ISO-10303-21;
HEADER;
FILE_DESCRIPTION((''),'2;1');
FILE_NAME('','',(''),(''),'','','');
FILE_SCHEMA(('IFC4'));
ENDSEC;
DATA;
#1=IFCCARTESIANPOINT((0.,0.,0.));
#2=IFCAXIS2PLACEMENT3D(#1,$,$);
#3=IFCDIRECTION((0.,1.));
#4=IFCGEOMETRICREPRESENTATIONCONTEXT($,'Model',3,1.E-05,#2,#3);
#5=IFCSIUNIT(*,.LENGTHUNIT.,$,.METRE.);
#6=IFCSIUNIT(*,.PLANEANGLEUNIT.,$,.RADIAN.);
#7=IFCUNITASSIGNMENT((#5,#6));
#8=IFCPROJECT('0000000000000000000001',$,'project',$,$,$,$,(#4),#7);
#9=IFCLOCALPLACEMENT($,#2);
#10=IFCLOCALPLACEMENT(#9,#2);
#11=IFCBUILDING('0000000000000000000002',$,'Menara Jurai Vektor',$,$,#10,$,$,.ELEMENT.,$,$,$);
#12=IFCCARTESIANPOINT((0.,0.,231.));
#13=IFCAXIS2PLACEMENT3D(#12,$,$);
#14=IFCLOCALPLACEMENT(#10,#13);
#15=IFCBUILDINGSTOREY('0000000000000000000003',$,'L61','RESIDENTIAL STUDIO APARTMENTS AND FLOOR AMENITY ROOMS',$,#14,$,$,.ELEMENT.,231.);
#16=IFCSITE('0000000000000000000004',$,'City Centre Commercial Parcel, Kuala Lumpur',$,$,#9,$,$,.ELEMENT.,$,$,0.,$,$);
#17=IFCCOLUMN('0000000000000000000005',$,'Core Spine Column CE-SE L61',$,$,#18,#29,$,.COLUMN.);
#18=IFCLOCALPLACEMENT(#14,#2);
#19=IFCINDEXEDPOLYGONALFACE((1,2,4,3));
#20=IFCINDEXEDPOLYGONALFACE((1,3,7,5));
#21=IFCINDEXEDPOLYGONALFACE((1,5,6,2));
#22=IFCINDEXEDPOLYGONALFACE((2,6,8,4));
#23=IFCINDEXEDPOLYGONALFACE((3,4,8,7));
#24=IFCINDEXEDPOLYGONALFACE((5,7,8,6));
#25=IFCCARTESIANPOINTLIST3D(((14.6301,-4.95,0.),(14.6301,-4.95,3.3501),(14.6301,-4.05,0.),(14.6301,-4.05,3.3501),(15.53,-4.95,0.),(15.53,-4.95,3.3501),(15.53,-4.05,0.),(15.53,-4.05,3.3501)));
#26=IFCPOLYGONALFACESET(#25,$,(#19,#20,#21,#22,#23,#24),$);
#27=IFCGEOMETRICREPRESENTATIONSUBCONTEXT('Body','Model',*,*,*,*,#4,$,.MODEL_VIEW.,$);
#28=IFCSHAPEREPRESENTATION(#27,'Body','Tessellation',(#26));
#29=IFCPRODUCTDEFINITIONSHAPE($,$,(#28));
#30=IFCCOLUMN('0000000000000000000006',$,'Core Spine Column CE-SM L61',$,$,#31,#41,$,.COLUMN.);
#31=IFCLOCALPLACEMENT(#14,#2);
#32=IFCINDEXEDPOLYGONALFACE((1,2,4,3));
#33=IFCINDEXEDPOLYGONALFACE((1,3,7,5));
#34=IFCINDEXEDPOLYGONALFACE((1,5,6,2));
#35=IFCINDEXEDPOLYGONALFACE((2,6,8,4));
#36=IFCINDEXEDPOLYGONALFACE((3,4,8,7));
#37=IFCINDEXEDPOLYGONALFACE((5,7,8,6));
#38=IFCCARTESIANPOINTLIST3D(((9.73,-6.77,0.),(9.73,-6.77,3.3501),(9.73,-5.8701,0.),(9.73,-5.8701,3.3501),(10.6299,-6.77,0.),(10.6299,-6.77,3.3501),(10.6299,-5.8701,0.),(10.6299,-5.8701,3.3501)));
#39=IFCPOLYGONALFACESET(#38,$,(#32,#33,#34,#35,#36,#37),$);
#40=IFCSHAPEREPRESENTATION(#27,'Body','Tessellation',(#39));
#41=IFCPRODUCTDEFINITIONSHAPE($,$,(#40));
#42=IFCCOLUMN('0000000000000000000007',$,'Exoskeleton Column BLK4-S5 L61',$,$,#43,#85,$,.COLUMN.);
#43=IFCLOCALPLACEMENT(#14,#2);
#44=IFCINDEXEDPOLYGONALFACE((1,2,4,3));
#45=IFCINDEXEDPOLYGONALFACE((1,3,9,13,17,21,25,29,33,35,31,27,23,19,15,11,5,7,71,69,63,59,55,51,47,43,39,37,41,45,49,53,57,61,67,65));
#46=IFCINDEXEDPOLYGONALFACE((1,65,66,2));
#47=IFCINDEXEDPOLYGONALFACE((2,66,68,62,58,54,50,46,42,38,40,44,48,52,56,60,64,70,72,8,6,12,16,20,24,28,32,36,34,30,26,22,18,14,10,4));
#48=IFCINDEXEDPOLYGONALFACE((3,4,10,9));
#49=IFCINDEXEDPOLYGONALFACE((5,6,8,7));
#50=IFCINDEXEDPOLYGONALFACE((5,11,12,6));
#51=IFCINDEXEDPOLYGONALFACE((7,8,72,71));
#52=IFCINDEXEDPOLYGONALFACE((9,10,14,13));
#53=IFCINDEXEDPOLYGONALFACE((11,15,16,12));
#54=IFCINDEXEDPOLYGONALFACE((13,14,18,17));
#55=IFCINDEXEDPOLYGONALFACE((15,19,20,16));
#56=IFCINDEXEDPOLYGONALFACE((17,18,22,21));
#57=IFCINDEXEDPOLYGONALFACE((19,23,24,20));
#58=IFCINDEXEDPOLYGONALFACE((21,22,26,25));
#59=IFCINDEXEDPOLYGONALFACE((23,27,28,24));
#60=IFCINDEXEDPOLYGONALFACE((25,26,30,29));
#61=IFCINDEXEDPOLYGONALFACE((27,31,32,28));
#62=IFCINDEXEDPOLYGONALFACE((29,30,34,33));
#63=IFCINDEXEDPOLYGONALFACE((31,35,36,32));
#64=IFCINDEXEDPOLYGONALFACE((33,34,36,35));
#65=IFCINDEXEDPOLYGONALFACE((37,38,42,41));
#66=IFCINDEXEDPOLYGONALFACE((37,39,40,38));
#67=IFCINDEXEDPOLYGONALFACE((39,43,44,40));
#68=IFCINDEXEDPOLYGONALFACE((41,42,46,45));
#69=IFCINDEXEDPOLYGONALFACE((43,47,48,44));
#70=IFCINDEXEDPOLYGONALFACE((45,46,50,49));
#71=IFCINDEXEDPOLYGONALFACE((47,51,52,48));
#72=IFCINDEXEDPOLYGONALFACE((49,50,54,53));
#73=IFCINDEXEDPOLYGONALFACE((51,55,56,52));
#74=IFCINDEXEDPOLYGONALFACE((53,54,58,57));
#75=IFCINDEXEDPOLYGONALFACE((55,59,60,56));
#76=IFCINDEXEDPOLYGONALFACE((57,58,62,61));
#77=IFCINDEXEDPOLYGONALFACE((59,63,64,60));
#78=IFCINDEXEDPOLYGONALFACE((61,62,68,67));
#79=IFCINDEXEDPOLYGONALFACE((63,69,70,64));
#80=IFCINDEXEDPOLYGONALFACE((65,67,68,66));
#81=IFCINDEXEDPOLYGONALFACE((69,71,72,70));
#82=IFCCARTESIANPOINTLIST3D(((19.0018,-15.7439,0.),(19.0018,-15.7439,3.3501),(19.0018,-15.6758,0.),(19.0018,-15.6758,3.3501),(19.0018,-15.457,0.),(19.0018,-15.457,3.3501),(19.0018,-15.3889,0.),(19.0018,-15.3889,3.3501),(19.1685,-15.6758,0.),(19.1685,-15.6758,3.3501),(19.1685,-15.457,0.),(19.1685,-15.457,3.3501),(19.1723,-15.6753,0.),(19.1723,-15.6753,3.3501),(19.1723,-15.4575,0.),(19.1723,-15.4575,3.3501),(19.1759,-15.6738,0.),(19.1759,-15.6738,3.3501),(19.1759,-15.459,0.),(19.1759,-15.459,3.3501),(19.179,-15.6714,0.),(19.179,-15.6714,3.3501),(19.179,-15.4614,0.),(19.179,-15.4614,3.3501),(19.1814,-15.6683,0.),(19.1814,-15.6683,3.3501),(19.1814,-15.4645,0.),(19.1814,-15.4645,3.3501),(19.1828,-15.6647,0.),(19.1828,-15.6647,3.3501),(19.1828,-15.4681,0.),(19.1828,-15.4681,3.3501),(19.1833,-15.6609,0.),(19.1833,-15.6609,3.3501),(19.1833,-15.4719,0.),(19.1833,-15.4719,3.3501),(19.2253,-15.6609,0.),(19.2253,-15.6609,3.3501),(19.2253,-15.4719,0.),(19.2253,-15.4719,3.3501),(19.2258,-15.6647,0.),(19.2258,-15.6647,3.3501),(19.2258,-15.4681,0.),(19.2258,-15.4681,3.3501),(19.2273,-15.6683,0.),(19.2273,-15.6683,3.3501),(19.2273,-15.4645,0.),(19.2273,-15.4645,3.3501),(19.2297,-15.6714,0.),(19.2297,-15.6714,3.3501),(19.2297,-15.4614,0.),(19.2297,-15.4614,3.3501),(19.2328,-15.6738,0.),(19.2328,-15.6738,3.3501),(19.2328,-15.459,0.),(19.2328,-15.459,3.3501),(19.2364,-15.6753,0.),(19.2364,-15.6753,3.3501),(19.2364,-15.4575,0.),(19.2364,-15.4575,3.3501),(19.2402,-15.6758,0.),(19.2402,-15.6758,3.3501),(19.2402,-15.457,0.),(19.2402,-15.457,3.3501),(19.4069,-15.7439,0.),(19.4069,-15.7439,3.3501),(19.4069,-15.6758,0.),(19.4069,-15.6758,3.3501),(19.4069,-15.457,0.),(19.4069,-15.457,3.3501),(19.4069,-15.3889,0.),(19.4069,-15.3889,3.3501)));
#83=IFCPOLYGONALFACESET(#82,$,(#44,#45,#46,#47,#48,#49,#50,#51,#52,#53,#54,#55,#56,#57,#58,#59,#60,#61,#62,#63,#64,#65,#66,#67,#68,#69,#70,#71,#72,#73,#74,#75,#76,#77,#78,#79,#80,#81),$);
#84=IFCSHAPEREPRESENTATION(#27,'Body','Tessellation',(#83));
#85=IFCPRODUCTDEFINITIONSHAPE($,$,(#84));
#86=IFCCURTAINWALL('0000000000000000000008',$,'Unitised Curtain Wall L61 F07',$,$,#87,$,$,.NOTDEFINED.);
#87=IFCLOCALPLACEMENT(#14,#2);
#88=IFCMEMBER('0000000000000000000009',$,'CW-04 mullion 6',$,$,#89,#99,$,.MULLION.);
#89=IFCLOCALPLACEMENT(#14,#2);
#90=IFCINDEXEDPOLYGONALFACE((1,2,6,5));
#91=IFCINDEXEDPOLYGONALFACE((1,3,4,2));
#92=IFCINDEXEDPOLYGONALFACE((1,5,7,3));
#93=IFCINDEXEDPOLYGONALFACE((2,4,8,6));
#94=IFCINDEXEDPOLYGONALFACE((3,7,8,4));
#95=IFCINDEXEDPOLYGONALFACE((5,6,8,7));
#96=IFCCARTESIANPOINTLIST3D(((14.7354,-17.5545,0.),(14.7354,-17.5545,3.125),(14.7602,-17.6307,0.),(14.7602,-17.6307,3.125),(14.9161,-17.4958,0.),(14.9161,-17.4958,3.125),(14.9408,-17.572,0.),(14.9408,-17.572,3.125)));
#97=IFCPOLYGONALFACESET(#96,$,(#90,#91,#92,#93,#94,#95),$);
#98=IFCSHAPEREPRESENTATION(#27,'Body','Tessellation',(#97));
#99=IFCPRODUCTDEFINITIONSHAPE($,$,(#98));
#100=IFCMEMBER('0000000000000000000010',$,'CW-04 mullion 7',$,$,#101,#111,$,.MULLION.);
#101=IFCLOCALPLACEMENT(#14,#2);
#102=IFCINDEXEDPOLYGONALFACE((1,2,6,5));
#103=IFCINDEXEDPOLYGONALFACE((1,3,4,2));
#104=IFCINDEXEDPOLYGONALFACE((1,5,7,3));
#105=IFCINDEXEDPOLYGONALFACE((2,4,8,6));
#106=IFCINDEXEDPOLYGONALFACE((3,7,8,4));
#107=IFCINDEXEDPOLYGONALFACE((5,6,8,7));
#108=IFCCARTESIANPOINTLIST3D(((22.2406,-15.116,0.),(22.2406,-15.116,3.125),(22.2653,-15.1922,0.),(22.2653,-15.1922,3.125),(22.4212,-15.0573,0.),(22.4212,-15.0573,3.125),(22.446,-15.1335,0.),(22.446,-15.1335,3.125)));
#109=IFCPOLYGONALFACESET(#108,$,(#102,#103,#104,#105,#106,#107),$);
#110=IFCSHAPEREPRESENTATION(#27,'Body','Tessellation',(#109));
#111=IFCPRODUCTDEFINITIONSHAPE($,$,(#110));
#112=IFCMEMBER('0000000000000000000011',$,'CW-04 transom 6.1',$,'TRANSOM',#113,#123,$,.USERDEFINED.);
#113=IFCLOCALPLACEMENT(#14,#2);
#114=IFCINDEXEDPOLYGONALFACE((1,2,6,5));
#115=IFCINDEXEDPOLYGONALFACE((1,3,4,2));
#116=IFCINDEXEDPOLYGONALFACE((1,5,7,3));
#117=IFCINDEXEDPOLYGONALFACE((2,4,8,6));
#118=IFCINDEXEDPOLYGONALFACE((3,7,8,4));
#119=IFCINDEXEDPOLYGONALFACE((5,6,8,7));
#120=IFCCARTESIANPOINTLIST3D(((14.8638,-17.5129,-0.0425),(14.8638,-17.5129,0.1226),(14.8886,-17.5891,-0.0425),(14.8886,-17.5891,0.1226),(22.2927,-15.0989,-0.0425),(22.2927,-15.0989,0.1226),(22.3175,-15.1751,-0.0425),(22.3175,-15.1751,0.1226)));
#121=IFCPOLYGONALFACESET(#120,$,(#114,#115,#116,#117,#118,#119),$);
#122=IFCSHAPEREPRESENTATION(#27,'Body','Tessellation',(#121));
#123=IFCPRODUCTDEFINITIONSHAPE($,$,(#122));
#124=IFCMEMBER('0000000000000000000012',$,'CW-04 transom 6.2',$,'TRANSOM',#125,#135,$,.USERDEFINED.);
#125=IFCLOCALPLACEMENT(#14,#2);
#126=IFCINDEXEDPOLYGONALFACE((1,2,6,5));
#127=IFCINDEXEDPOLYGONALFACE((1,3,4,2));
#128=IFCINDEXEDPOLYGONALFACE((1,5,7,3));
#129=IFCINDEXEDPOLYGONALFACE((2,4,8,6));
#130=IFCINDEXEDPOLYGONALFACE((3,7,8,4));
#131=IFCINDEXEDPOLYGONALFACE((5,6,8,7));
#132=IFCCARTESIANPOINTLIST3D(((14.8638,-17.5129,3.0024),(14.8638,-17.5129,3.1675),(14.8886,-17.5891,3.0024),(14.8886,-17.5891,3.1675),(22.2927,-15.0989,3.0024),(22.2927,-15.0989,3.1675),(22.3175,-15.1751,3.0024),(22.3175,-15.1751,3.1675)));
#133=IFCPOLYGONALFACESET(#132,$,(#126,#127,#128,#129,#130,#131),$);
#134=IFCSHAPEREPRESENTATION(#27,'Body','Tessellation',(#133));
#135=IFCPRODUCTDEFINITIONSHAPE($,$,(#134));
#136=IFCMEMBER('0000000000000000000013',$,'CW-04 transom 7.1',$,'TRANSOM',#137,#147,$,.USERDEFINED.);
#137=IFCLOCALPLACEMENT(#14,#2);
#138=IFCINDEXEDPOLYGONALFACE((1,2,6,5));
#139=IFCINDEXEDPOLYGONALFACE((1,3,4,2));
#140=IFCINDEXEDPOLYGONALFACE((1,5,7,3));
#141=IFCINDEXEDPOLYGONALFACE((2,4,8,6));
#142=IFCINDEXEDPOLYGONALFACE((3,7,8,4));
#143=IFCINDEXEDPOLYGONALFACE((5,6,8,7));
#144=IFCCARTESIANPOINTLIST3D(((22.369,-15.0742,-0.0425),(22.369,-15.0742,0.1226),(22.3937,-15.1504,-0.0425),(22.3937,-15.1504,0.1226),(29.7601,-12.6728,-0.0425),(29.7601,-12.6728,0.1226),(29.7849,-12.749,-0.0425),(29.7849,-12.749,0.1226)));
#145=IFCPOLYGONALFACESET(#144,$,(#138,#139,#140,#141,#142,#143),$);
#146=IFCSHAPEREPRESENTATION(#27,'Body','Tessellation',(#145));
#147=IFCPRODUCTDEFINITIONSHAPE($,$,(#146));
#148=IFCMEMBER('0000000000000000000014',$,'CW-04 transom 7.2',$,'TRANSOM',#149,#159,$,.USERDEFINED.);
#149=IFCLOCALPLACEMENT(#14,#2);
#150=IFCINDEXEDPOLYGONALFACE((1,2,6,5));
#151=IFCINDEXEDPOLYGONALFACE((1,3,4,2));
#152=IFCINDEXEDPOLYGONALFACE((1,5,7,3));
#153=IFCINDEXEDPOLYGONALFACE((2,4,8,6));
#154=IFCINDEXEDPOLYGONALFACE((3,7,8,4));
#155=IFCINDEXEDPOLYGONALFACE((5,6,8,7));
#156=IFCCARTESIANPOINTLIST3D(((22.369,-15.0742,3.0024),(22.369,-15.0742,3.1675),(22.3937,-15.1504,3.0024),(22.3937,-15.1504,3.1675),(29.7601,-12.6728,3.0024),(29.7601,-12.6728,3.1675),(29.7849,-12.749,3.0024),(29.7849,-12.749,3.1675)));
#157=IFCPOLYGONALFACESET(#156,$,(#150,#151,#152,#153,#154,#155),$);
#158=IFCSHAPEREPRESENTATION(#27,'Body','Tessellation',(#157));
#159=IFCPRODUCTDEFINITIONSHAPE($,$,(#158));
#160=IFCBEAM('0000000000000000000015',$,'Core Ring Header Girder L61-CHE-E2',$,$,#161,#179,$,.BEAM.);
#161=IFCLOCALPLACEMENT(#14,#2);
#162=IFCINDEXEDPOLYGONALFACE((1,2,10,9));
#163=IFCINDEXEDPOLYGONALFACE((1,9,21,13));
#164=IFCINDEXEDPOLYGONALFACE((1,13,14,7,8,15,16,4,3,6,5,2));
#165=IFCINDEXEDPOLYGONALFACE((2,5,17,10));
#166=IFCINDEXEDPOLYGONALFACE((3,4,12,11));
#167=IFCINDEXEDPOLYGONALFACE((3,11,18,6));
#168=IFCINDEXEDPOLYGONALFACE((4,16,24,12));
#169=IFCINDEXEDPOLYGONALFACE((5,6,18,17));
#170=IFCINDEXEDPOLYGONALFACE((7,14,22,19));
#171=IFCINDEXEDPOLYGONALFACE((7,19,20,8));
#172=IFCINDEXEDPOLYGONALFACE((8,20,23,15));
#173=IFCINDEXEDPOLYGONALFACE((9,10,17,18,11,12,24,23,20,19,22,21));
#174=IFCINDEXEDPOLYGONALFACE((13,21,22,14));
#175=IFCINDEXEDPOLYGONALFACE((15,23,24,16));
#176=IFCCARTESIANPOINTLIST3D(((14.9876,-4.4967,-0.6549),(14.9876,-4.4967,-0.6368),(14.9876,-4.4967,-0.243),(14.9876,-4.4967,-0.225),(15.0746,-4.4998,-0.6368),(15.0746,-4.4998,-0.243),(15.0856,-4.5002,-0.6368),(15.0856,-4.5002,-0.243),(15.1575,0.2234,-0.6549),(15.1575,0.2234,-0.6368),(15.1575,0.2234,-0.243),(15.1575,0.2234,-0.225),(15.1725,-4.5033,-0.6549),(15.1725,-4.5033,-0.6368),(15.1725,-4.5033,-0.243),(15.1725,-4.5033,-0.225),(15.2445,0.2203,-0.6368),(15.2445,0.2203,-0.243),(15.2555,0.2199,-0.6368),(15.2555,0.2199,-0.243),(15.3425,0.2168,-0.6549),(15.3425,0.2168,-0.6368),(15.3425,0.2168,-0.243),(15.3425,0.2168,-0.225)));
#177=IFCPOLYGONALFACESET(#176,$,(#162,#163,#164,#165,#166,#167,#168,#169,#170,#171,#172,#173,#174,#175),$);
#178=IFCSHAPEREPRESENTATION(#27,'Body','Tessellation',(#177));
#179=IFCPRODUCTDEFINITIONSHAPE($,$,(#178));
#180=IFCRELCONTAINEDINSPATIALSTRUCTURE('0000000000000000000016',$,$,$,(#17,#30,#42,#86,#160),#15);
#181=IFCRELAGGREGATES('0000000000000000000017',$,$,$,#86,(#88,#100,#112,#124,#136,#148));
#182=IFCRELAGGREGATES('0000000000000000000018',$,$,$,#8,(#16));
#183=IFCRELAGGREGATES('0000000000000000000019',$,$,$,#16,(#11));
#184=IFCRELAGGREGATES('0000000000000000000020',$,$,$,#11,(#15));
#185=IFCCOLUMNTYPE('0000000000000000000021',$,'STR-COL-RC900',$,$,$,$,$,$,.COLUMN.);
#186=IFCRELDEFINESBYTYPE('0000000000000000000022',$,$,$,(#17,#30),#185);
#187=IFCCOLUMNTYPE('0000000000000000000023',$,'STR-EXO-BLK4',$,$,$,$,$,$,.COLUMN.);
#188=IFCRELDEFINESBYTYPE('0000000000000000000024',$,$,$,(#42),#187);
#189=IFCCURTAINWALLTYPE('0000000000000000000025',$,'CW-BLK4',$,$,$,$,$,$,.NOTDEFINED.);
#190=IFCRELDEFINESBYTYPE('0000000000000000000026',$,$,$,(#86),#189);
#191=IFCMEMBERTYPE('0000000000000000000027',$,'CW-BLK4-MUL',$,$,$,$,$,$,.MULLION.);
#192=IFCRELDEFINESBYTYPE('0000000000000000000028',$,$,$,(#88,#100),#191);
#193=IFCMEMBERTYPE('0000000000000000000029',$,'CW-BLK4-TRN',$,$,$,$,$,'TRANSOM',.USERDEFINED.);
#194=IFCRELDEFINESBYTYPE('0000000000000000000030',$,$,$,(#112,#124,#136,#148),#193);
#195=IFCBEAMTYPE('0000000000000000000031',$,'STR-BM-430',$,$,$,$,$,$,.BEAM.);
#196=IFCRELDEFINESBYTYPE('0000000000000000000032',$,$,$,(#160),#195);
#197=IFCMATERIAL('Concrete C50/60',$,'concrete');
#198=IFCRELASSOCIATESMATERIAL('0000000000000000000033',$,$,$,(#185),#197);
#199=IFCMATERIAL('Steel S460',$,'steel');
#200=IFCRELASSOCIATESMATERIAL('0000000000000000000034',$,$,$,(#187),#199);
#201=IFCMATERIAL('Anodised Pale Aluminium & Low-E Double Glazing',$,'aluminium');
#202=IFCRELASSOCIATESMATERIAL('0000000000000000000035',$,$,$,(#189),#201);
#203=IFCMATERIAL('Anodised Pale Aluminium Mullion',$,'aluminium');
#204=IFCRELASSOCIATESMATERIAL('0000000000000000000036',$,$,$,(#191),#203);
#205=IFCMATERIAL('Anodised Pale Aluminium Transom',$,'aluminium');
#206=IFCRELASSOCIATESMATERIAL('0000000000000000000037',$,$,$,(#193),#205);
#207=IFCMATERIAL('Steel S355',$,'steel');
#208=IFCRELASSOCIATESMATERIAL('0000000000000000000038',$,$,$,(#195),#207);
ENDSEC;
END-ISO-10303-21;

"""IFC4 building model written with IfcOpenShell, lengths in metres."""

from ifc_helpers import new_model, si_unit, direction, frame, origin, origin_2d, place, context, subcontext, project, spatial, rectangle, i_section, extrude, material, material_profile, profile_set, type_object, element, aggregate, save


model = new_model("IFC4")

# Units and contexts
model_context = context("Model", 3, precision=1e-05, world=origin(), true_north=direction((0.0, 1.0)))
body_context = subcontext(model_context, "Body", "Model", "MODEL_VIEW")
ifc_project = project(units=[si_unit("LENGTHUNIT", "METRE"), si_unit("PLANEANGLEUNIT", "RADIAN")], contexts=[model_context])

# Site, building, storey
site_placement = place(None, origin())
site = spatial("IfcSite", under=ifc_project, at=site_placement, Name="City Centre Commercial Parcel, Kuala Lumpur", CompositionType="ELEMENT", RefElevation=0.0)
building_placement = place(site_placement, origin())
building = spatial("IfcBuilding", under=site, at=building_placement, Name="Menara Jurai Vektor", CompositionType="ELEMENT")
storey_placement = place(building_placement, frame((0.0, 0.0, 231.0)))
storey = spatial("IfcBuildingStorey", under=building, at=storey_placement, Name="L61", Description="RESIDENTIAL STUDIO APARTMENTS AND FLOOR AMENITY ROOMS", CompositionType="ELEMENT", Elevation=231.0)

# Columns
ifc_material_1 = material(Name="Concrete C50/60", Category="concrete")
ifc_material_profile_1 = material_profile(ifc_material_1, rectangle(XDim=0.8999, YDim=0.8999, at=origin_2d()), Name="RC 900x900")
ifc_profile_set_1 = profile_set([ifc_material_profile_1], Name="Concrete C50/60")
column_type_1 = type_object("IfcColumnType", Name="STR-COL-RC900", PredefinedType="COLUMN", material=ifc_profile_set_1)
for number, where, z_axis, x_axis, name in (
    (1, (15.0801, -4.5, 0.0), (0.0, 0.0, 1.0), (1.0, 0.0, 0.0), "Core Spine Column CE-SE L61"),
    (2, (10.1799, -6.3201, 0.0), (0.0, 0.0, 1.0), (1.0, 0.0, 0.0), "Core Spine Column CE-SM L61"),
):
    element("IfcColumn", number, at=place(storey_placement, frame(where, z_axis=z_axis, x_axis=x_axis)), inside=storey, type_object=column_type_1, Name=name, PredefinedType="COLUMN", context=body_context, shape_type="SweptSolid", body=[
        extrude(rectangle(XDim=0.8999, YDim=0.8999, at=origin_2d()), origin(), (0.0, 0.0, 1.0), 3.3501),
    ])
ifc_material_2 = material(Name="Steel S460", Category="steel")
ifc_material_profile_2 = material_profile(ifc_material_2, i_section(OverallWidth=0.405, OverallDepth=0.355, WebThickness=0.042, FlangeThickness=0.0681, FilletRadius=0.0149, at=origin_2d()), Name="HD 400x551")
ifc_profile_set_2 = profile_set([ifc_material_profile_2], Name="Steel S460")
column_type_2 = type_object("IfcColumnType", Name="STR-EXO-BLK4", PredefinedType="COLUMN", material=ifc_profile_set_2)
column_placement = place(storey_placement, frame((19.2043, -15.5664, 0.0), z_axis=(0.0, 0.0, 1.0), x_axis=(1.0, 0.0, 0.0)))
element("IfcColumn", 3, at=column_placement, inside=storey, type_object=column_type_2, Name="Exoskeleton Column BLK4-S5 L61", PredefinedType="COLUMN", context=body_context, shape_type="SweptSolid", body=[
    extrude(i_section(OverallWidth=0.405, OverallDepth=0.355, WebThickness=0.042, FlangeThickness=0.0681, FilletRadius=0.0149, at=origin_2d()), origin(), (0.0, 0.0, 1.0), 3.3501),
])

# Curtain wall, members
ifc_material_3 = material(Name="Anodised Pale Aluminium & Low-E Double Glazing", Category="aluminium")
curtain_wall_type = type_object("IfcCurtainWallType", Name="CW-BLK4", PredefinedType="NOTDEFINED", material=ifc_material_3)
curtain_wall_placement = place(storey_placement, origin())
curtain_wall = element("IfcCurtainWall", 4, at=curtain_wall_placement, inside=storey, type_object=curtain_wall_type, Name="Unitised Curtain Wall L61 F07", PredefinedType="NOTDEFINED")
ifc_material_4 = material(Name="Anodised Pale Aluminium Mullion", Category="aluminium")
ifc_material_profile_3 = material_profile(ifc_material_4, rectangle(XDim=0.0801, YDim=0.1899, at=origin_2d()), Name="ALU MUL 80x190")
ifc_profile_set_3 = profile_set([ifc_material_profile_3], Name="Anodised Pale Aluminium Mullion")
member_type_1 = type_object("IfcMemberType", Name="CW-BLK4-MUL", PredefinedType="MULLION", material=ifc_profile_set_3)
member_1_placement = place(storey_placement, frame((14.8381, -17.5632, 0.0), z_axis=(0.0, 0.0, 1.0), x_axis=(-0.309017, 0.951056, 0.0)))
member_1 = element("IfcMember", 5, at=member_1_placement, type_object=member_type_1, Name="CW-04 mullion 6", PredefinedType="MULLION", context=body_context, shape_type="SweptSolid", body=[
    extrude(rectangle(XDim=0.0801, YDim=0.1899, at=origin_2d()), origin(), (0.0, 0.0, 1.0), 3.125),
])
member_2_placement = place(storey_placement, frame((22.3433, -15.1248, 0.0), z_axis=(0.0, 0.0, 1.0), x_axis=(-0.309017, 0.951056, 0.0)))
member_2 = element("IfcMember", 6, at=member_2_placement, type_object=member_type_1, Name="CW-04 mullion 7", PredefinedType="MULLION", context=body_context, shape_type="SweptSolid", body=[
    extrude(rectangle(XDim=0.0801, YDim=0.1899, at=origin_2d()), origin(), (0.0, 0.0, 1.0), 3.125),
])
ifc_material_5 = material(Name="Anodised Pale Aluminium Transom", Category="aluminium")
ifc_material_profile_4 = material_profile(ifc_material_5, rectangle(XDim=0.0801, YDim=0.165, at=origin_2d()), Name="ALU TRN 80x165")
ifc_profile_set_4 = profile_set([ifc_material_profile_4], Name="Anodised Pale Aluminium Transom")
member_type_2 = type_object("IfcMemberType", Name="CW-BLK4-TRN", ElementType="TRANSOM", PredefinedType="USERDEFINED", material=ifc_profile_set_4)
member_3_placement = place(storey_placement, frame((14.8762, -17.551, 0.04), z_axis=(0.951047, 0.309046, 0.0), x_axis=(-0.309046, 0.951047, 0.0)))
member_3 = element("IfcMember", 7, at=member_3_placement, type_object=member_type_2, Name="CW-04 transom 6.1", ObjectType="TRANSOM", PredefinedType="USERDEFINED", context=body_context, shape_type="SweptSolid", body=[
    extrude(rectangle(XDim=0.0801, YDim=0.165, at=origin_2d()), origin(), (0.0, 0.0, 1.0), 7.8113),
])
member_4_placement = place(storey_placement, frame((14.8762, -17.551, 3.085), z_axis=(0.951047, 0.309046, 0.0), x_axis=(-0.309046, 0.951047, 0.0)))
member_4 = element("IfcMember", 8, at=member_4_placement, type_object=member_type_2, Name="CW-04 transom 6.2", ObjectType="TRANSOM", PredefinedType="USERDEFINED", context=body_context, shape_type="SweptSolid", body=[
    extrude(rectangle(XDim=0.0801, YDim=0.165, at=origin_2d()), origin(), (0.0, 0.0, 1.0), 7.8113),
])
member_5_placement = place(storey_placement, frame((22.3813, -15.1123, 0.04), z_axis=(0.951062, 0.308999, 0.0), x_axis=(-0.308999, 0.951062, 0.0)))
member_5 = element("IfcMember", 9, at=member_5_placement, type_object=member_type_2, Name="CW-04 transom 7.1", ObjectType="TRANSOM", PredefinedType="USERDEFINED", context=body_context, shape_type="SweptSolid", body=[
    extrude(rectangle(XDim=0.0801, YDim=0.165, at=origin_2d()), origin(), (0.0, 0.0, 1.0), 7.7715),
])
member_6_placement = place(storey_placement, frame((22.3813, -15.1123, 3.085), z_axis=(0.951062, 0.308999, 0.0), x_axis=(-0.308999, 0.951062, 0.0)))
member_6 = element("IfcMember", 10, at=member_6_placement, type_object=member_type_2, Name="CW-04 transom 7.2", ObjectType="TRANSOM", PredefinedType="USERDEFINED", context=body_context, shape_type="SweptSolid", body=[
    extrude(rectangle(XDim=0.0801, YDim=0.165, at=origin_2d()), origin(), (0.0, 0.0, 1.0), 7.7715),
])

# Beam
ifc_material_6 = material(Name="Steel S355", Category="steel")
ifc_material_profile_5 = material_profile(ifc_material_6, i_section(OverallWidth=0.1851, OverallDepth=0.4299, WebThickness=0.011, FlangeThickness=0.0181, at=origin_2d()), Name="PG 430x185x76")
ifc_profile_set_5 = profile_set([ifc_material_profile_5], Name="Steel S355")
beam_type_1 = type_object("IfcBeamType", Name="STR-BM-430", PredefinedType="BEAM", material=ifc_profile_set_5)
beam_1_placement = place(storey_placement, frame((15.0801, -4.5, -0.4399), z_axis=(0.035977, 0.999353, 0.0), x_axis=(-0.999353, 0.035977, 0.0)))
element("IfcBeam", 11, at=beam_1_placement, inside=storey, type_object=beam_type_1, Name="Core Ring Header Girder L61-CHE-E2", PredefinedType="BEAM", context=body_context, shape_type="SweptSolid", body=[
    extrude(i_section(OverallWidth=0.1851, OverallDepth=0.4299, WebThickness=0.011, FlangeThickness=0.0181, at=origin_2d()), origin(), (0.0, 0.0, 1.0), 4.7231),
])

aggregate(curtain_wall, [member_1, member_2, member_3, member_4, member_5, member_6])

save(model, "model.ifc")
